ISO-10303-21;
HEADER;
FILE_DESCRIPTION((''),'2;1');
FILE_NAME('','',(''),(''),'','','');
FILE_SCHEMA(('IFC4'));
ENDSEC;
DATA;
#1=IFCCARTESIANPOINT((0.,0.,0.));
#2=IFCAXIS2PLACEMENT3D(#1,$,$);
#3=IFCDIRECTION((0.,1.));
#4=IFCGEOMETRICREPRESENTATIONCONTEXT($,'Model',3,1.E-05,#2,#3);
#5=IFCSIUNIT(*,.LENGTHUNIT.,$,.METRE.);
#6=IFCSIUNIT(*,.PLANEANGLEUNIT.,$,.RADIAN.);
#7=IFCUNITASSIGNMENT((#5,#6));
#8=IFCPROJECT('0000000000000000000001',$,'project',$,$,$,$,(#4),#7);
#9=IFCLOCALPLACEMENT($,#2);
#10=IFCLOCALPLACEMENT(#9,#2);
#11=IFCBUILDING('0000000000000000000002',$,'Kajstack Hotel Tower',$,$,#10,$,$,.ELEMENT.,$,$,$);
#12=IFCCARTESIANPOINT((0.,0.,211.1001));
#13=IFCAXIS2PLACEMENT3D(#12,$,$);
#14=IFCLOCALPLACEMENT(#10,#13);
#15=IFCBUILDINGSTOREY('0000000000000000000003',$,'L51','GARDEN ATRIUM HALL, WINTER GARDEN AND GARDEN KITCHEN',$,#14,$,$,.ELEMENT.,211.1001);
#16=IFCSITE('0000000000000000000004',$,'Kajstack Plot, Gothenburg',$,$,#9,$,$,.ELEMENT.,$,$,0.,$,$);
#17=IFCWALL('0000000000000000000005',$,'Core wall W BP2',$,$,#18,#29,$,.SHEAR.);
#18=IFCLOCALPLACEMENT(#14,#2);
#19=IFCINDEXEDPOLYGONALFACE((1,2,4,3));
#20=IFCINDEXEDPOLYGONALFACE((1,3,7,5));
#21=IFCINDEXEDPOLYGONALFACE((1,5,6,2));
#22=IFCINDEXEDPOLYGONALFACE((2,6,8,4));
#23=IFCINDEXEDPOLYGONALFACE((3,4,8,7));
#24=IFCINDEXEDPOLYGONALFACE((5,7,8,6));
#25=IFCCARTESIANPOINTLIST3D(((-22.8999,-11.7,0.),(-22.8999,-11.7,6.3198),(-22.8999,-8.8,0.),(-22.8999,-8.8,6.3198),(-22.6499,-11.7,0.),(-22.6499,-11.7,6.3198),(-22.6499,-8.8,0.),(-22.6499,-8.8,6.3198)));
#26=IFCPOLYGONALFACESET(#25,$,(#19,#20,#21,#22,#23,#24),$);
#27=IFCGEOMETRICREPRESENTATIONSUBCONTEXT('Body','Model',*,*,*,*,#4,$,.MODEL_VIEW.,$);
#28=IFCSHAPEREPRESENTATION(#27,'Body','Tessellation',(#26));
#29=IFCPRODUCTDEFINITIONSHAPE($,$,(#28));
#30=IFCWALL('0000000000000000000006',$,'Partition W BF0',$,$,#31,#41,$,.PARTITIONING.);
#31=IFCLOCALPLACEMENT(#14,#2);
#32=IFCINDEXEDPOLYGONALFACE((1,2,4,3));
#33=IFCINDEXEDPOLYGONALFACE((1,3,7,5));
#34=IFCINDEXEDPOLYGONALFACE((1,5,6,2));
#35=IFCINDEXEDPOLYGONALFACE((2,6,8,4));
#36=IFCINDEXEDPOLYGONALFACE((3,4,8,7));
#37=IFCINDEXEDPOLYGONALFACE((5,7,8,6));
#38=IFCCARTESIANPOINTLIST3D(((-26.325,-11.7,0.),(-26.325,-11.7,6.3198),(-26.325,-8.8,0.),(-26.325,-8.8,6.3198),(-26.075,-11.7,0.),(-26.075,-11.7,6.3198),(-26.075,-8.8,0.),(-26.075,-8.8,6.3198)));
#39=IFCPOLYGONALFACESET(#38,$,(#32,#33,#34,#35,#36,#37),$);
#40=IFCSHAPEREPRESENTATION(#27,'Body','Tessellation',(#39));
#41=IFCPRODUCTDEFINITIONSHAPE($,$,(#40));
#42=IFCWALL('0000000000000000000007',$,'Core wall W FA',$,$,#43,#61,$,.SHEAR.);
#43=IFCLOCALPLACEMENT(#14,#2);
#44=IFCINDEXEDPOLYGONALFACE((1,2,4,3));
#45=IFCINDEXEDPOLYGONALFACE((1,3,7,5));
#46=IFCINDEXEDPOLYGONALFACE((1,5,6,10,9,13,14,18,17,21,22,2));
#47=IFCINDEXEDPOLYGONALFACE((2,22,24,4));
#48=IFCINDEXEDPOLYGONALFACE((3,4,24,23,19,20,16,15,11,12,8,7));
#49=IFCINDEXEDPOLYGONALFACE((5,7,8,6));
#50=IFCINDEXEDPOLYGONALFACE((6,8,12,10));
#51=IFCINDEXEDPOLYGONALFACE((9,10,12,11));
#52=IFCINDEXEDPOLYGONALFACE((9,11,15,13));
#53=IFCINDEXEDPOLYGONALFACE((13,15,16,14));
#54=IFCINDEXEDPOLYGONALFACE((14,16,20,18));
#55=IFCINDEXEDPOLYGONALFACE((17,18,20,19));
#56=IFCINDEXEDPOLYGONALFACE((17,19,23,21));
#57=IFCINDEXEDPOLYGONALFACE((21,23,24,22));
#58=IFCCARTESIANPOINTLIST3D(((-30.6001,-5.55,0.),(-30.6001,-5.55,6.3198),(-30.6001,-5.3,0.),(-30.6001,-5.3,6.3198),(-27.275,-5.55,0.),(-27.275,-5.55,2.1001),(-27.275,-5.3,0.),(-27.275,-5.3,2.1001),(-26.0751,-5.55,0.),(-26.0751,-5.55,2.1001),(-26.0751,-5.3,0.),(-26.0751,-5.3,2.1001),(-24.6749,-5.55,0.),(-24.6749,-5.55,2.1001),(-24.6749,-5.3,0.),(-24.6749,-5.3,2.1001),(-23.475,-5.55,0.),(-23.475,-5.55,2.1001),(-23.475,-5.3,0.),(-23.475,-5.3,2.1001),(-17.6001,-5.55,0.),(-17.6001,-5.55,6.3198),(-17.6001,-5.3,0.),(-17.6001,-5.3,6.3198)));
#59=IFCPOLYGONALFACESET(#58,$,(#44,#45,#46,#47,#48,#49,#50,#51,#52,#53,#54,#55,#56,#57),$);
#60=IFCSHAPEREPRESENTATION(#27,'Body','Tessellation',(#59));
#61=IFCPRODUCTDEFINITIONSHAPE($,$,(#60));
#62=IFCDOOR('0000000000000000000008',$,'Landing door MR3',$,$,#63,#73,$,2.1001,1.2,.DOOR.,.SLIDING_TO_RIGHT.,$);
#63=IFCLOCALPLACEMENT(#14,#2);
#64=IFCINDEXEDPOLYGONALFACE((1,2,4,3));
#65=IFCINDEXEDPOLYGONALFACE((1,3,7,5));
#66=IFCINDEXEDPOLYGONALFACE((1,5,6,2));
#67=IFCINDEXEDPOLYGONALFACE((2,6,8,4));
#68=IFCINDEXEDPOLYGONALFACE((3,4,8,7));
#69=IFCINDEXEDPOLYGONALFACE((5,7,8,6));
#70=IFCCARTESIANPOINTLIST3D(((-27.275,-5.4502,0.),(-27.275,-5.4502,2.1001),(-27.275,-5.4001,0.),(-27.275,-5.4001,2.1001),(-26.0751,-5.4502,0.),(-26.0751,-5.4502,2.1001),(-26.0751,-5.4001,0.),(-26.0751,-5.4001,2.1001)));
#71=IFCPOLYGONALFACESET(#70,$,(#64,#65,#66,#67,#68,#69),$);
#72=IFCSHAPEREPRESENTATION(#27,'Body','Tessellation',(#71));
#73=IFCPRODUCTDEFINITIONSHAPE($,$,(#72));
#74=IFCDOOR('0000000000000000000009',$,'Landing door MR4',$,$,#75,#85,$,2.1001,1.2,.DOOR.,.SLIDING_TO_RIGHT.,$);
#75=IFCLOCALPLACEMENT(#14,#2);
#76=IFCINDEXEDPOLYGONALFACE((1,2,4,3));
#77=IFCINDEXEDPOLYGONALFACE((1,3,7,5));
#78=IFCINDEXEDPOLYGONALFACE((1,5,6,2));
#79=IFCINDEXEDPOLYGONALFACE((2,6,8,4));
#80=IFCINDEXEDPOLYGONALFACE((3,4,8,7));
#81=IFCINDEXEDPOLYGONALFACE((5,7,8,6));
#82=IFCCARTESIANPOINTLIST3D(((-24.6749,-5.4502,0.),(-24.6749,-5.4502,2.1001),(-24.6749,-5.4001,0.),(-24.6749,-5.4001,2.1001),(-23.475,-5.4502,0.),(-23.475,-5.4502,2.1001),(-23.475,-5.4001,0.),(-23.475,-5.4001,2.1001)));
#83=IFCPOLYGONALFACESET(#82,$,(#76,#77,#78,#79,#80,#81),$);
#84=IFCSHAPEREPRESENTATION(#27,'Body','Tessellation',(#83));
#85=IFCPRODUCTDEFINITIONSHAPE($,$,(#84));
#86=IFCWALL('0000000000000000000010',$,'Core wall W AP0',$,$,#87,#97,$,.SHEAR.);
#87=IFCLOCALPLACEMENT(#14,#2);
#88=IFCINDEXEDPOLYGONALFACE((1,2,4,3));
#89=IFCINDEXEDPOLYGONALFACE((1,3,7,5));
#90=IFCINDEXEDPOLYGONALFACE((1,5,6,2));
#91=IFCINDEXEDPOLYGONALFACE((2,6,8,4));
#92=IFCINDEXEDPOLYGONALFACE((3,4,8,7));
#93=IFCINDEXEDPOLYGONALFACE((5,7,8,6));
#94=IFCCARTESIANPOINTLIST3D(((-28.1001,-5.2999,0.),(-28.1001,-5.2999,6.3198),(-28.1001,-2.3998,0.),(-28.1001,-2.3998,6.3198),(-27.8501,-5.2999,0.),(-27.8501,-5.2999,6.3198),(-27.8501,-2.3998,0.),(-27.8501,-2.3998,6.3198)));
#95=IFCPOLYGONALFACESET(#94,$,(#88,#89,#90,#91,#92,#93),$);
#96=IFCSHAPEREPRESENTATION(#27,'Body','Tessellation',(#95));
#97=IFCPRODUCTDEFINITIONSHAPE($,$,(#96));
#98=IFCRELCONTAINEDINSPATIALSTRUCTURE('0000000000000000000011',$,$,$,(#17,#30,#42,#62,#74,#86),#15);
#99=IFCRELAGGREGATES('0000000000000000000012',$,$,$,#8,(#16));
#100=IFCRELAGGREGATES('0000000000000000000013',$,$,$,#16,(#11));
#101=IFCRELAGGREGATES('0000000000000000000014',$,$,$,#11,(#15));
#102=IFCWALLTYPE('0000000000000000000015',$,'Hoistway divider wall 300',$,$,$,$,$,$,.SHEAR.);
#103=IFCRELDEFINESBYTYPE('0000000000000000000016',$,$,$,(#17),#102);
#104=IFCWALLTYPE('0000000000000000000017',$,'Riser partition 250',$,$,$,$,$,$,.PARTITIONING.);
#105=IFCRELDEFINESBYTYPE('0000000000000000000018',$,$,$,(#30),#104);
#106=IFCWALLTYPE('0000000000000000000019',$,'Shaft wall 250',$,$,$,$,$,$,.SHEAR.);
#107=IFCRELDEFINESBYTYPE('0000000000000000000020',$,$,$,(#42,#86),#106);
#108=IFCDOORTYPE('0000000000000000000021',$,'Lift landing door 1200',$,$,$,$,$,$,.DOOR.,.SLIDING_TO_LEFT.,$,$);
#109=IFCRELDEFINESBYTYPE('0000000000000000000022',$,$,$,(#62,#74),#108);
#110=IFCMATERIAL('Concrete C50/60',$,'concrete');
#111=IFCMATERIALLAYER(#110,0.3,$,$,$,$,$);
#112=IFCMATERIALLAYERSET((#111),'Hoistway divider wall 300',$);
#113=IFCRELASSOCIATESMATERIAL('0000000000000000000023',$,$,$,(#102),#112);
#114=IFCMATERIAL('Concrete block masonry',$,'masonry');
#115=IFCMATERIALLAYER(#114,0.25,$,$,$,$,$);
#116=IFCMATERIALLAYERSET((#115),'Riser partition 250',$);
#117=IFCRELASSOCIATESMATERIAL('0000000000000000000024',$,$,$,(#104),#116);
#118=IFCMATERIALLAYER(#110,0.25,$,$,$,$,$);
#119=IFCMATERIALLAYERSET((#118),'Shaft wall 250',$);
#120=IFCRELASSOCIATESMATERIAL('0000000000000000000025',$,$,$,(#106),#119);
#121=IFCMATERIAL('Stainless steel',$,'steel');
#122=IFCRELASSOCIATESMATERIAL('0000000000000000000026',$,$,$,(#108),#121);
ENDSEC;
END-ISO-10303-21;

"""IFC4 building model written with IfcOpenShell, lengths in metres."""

from ifc_helpers import new_model, si_unit, direction, frame, frame_2d, origin, place, context, subcontext, project, spatial, rectangle, extrude, material, layer, layer_set, type_object, element, fill, save


model = new_model("IFC4")

# Units and contexts
model_context = context("Model", 3, precision=1e-05, world=origin(), true_north=direction((0.0, 1.0)))
body_context = subcontext(model_context, "Body", "Model", "MODEL_VIEW")
ifc_project = project(units=[si_unit("LENGTHUNIT", "METRE"), si_unit("PLANEANGLEUNIT", "RADIAN")], contexts=[model_context])

# Site, building, storey
site_placement = place(None, origin())
site = spatial("IfcSite", under=ifc_project, at=site_placement, Name="Kajstack Plot, Gothenburg", CompositionType="ELEMENT", RefElevation=0.0)
building_placement = place(site_placement, origin())
building = spatial("IfcBuilding", under=site, at=building_placement, Name="Kajstack Hotel Tower", CompositionType="ELEMENT")
storey_placement = place(building_placement, frame((0.0, 0.0, 211.1001)))
storey = spatial("IfcBuildingStorey", under=building, at=storey_placement, Name="L51", Description="GARDEN ATRIUM HALL, WINTER GARDEN AND GARDEN KITCHEN", CompositionType="ELEMENT", Elevation=211.1001)

# Walls
ifc_material_1 = material(Name="Concrete C50/60", Category="concrete")
ifc_layer_1 = layer(ifc_material_1, 0.3)
ifc_layer_set_1 = layer_set([ifc_layer_1], Name="Hoistway divider wall 300")
wall_type_1 = type_object("IfcWallType", Name="Hoistway divider wall 300", PredefinedType="SHEAR", material=ifc_layer_set_1)
wall_1_placement = place(storey_placement, frame((-22.7749, -11.7, 0.0), z_axis=(0.0, 0.0, 1.0), x_axis=(0.0, 1.0, 0.0)))
element("IfcWall", 1, at=wall_1_placement, inside=storey, type_object=wall_type_1, Name="Core wall W BP2", PredefinedType="SHEAR", context=body_context, shape_type="SweptSolid", body=[
    extrude(rectangle(XDim=2.8999, YDim=0.25, at=frame_2d((1.45, 0.0))), origin(), (0.0, 0.0, 1.0), 6.3198),
])
ifc_material_2 = material(Name="Concrete block masonry", Category="masonry")
ifc_layer_2 = layer(ifc_material_2, 0.25)
ifc_layer_set_2 = layer_set([ifc_layer_2], Name="Riser partition 250")
wall_type_2 = type_object("IfcWallType", Name="Riser partition 250", PredefinedType="PARTITIONING", material=ifc_layer_set_2)
wall_2_placement = place(storey_placement, frame((-26.2, -11.7, 0.0), z_axis=(0.0, 0.0, 1.0), x_axis=(0.0, 1.0, 0.0)))
element("IfcWall", 2, at=wall_2_placement, inside=storey, type_object=wall_type_2, Name="Partition W BF0", PredefinedType="PARTITIONING", context=body_context, shape_type="SweptSolid", body=[
    extrude(rectangle(XDim=2.8999, YDim=0.25, at=frame_2d((1.45, 0.0))), origin(), (0.0, 0.0, 1.0), 6.3198),
])

# Wall, openings, doors
ifc_layer_3 = layer(ifc_material_1, 0.25)
ifc_layer_set_3 = layer_set([ifc_layer_3], Name="Shaft wall 250")
wall_type_3 = type_object("IfcWallType", Name="Shaft wall 250", PredefinedType="SHEAR", material=ifc_layer_set_3)
wall_3_placement = place(storey_placement, frame((-30.6001, -5.425, 0.0), z_axis=(0.0, 0.0, 1.0), x_axis=(1.0, 0.0, 0.0)))
wall_3 = element("IfcWall", 3, at=wall_3_placement, inside=storey, type_object=wall_type_3, Name="Core wall W FA", PredefinedType="SHEAR", context=body_context, shape_type="SweptSolid", body=[
    extrude(rectangle(XDim=13.0, YDim=0.25, at=frame_2d((6.5, 0.0))), origin(), (0.0, 0.0, 1.0), 6.3198),
])
opening_1_placement = place(wall_3_placement, frame((3.325, 0.0, 0.0)))
opening_1 = element("IfcOpeningElement", 4, at=opening_1_placement, cuts=wall_3, PredefinedType="OPENING", context=body_context, shape_type="SweptSolid", body=[
    extrude(rectangle(XDim=1.2, YDim=2.1001, at=frame_2d((0.6001, 1.05))), frame((0.0, 0.135, 0.0), z_axis=(0.0, -1.0, 0.0), x_axis=(1.0, 0.0, 0.0)), (0.0, 0.0, 1.0), 0.27),
])
opening_2_placement = place(wall_3_placement, frame((5.925, 0.0, 0.0)))
opening_2 = element("IfcOpeningElement", 5, at=opening_2_placement, cuts=wall_3, PredefinedType="OPENING", context=body_context, shape_type="SweptSolid", body=[
    extrude(rectangle(XDim=1.2, YDim=2.1001, at=frame_2d((0.6001, 1.05))), frame((0.0, 0.135, 0.0), z_axis=(0.0, -1.0, 0.0), x_axis=(1.0, 0.0, 0.0)), (0.0, 0.0, 1.0), 0.27),
])
ifc_material_3 = material(Name="Stainless steel", Category="steel")
door_type_1 = type_object("IfcDoorType", Name="Lift landing door 1200", OperationType="SLIDING_TO_LEFT", PredefinedType="DOOR", material=ifc_material_3)
door_1_placement = place(opening_1_placement, origin())
door_1 = element("IfcDoor", 6, at=door_1_placement, inside=storey, type_object=door_type_1, Name="Landing door MR3", OperationType="SLIDING_TO_RIGHT", OverallHeight=2.1001, OverallWidth=1.2, PredefinedType="DOOR", context=body_context, shape_type="SweptSolid", body=[
    extrude(rectangle(XDim=1.2, YDim=2.1001, at=frame_2d((0.6001, 1.05))), frame((0.0, 0.0249, 0.0), z_axis=(0.0, -1.0, 0.0), x_axis=(1.0, 0.0, 0.0)), (0.0, 0.0, 1.0), 0.05),
])
fill(opening_1, door_1)
door_2_placement = place(opening_2_placement, origin())
door_2 = element("IfcDoor", 7, at=door_2_placement, inside=storey, type_object=door_type_1, Name="Landing door MR4", OperationType="SLIDING_TO_RIGHT", OverallHeight=2.1001, OverallWidth=1.2, PredefinedType="DOOR", context=body_context, shape_type="SweptSolid", body=[
    extrude(rectangle(XDim=1.2, YDim=2.1001, at=frame_2d((0.6001, 1.05))), frame((0.0, 0.0249, 0.0), z_axis=(0.0, -1.0, 0.0), x_axis=(1.0, 0.0, 0.0)), (0.0, 0.0, 1.0), 0.05),
])
fill(opening_2, door_2)

# Wall
wall_4_placement = place(storey_placement, frame((-27.9751, -5.3, 0.0), z_axis=(0.0, 0.0, 1.0), x_axis=(0.0, 1.0, 0.0)))
element("IfcWall", 8, at=wall_4_placement, inside=storey, type_object=wall_type_3, Name="Core wall W AP0", PredefinedType="SHEAR", context=body_context, shape_type="SweptSolid", body=[
    extrude(rectangle(XDim=2.9001, YDim=0.25, at=frame_2d((1.4502, 0.0))), origin(), (0.0, 0.0, 1.0), 6.3198),
])

save(model, "model.ifc")
